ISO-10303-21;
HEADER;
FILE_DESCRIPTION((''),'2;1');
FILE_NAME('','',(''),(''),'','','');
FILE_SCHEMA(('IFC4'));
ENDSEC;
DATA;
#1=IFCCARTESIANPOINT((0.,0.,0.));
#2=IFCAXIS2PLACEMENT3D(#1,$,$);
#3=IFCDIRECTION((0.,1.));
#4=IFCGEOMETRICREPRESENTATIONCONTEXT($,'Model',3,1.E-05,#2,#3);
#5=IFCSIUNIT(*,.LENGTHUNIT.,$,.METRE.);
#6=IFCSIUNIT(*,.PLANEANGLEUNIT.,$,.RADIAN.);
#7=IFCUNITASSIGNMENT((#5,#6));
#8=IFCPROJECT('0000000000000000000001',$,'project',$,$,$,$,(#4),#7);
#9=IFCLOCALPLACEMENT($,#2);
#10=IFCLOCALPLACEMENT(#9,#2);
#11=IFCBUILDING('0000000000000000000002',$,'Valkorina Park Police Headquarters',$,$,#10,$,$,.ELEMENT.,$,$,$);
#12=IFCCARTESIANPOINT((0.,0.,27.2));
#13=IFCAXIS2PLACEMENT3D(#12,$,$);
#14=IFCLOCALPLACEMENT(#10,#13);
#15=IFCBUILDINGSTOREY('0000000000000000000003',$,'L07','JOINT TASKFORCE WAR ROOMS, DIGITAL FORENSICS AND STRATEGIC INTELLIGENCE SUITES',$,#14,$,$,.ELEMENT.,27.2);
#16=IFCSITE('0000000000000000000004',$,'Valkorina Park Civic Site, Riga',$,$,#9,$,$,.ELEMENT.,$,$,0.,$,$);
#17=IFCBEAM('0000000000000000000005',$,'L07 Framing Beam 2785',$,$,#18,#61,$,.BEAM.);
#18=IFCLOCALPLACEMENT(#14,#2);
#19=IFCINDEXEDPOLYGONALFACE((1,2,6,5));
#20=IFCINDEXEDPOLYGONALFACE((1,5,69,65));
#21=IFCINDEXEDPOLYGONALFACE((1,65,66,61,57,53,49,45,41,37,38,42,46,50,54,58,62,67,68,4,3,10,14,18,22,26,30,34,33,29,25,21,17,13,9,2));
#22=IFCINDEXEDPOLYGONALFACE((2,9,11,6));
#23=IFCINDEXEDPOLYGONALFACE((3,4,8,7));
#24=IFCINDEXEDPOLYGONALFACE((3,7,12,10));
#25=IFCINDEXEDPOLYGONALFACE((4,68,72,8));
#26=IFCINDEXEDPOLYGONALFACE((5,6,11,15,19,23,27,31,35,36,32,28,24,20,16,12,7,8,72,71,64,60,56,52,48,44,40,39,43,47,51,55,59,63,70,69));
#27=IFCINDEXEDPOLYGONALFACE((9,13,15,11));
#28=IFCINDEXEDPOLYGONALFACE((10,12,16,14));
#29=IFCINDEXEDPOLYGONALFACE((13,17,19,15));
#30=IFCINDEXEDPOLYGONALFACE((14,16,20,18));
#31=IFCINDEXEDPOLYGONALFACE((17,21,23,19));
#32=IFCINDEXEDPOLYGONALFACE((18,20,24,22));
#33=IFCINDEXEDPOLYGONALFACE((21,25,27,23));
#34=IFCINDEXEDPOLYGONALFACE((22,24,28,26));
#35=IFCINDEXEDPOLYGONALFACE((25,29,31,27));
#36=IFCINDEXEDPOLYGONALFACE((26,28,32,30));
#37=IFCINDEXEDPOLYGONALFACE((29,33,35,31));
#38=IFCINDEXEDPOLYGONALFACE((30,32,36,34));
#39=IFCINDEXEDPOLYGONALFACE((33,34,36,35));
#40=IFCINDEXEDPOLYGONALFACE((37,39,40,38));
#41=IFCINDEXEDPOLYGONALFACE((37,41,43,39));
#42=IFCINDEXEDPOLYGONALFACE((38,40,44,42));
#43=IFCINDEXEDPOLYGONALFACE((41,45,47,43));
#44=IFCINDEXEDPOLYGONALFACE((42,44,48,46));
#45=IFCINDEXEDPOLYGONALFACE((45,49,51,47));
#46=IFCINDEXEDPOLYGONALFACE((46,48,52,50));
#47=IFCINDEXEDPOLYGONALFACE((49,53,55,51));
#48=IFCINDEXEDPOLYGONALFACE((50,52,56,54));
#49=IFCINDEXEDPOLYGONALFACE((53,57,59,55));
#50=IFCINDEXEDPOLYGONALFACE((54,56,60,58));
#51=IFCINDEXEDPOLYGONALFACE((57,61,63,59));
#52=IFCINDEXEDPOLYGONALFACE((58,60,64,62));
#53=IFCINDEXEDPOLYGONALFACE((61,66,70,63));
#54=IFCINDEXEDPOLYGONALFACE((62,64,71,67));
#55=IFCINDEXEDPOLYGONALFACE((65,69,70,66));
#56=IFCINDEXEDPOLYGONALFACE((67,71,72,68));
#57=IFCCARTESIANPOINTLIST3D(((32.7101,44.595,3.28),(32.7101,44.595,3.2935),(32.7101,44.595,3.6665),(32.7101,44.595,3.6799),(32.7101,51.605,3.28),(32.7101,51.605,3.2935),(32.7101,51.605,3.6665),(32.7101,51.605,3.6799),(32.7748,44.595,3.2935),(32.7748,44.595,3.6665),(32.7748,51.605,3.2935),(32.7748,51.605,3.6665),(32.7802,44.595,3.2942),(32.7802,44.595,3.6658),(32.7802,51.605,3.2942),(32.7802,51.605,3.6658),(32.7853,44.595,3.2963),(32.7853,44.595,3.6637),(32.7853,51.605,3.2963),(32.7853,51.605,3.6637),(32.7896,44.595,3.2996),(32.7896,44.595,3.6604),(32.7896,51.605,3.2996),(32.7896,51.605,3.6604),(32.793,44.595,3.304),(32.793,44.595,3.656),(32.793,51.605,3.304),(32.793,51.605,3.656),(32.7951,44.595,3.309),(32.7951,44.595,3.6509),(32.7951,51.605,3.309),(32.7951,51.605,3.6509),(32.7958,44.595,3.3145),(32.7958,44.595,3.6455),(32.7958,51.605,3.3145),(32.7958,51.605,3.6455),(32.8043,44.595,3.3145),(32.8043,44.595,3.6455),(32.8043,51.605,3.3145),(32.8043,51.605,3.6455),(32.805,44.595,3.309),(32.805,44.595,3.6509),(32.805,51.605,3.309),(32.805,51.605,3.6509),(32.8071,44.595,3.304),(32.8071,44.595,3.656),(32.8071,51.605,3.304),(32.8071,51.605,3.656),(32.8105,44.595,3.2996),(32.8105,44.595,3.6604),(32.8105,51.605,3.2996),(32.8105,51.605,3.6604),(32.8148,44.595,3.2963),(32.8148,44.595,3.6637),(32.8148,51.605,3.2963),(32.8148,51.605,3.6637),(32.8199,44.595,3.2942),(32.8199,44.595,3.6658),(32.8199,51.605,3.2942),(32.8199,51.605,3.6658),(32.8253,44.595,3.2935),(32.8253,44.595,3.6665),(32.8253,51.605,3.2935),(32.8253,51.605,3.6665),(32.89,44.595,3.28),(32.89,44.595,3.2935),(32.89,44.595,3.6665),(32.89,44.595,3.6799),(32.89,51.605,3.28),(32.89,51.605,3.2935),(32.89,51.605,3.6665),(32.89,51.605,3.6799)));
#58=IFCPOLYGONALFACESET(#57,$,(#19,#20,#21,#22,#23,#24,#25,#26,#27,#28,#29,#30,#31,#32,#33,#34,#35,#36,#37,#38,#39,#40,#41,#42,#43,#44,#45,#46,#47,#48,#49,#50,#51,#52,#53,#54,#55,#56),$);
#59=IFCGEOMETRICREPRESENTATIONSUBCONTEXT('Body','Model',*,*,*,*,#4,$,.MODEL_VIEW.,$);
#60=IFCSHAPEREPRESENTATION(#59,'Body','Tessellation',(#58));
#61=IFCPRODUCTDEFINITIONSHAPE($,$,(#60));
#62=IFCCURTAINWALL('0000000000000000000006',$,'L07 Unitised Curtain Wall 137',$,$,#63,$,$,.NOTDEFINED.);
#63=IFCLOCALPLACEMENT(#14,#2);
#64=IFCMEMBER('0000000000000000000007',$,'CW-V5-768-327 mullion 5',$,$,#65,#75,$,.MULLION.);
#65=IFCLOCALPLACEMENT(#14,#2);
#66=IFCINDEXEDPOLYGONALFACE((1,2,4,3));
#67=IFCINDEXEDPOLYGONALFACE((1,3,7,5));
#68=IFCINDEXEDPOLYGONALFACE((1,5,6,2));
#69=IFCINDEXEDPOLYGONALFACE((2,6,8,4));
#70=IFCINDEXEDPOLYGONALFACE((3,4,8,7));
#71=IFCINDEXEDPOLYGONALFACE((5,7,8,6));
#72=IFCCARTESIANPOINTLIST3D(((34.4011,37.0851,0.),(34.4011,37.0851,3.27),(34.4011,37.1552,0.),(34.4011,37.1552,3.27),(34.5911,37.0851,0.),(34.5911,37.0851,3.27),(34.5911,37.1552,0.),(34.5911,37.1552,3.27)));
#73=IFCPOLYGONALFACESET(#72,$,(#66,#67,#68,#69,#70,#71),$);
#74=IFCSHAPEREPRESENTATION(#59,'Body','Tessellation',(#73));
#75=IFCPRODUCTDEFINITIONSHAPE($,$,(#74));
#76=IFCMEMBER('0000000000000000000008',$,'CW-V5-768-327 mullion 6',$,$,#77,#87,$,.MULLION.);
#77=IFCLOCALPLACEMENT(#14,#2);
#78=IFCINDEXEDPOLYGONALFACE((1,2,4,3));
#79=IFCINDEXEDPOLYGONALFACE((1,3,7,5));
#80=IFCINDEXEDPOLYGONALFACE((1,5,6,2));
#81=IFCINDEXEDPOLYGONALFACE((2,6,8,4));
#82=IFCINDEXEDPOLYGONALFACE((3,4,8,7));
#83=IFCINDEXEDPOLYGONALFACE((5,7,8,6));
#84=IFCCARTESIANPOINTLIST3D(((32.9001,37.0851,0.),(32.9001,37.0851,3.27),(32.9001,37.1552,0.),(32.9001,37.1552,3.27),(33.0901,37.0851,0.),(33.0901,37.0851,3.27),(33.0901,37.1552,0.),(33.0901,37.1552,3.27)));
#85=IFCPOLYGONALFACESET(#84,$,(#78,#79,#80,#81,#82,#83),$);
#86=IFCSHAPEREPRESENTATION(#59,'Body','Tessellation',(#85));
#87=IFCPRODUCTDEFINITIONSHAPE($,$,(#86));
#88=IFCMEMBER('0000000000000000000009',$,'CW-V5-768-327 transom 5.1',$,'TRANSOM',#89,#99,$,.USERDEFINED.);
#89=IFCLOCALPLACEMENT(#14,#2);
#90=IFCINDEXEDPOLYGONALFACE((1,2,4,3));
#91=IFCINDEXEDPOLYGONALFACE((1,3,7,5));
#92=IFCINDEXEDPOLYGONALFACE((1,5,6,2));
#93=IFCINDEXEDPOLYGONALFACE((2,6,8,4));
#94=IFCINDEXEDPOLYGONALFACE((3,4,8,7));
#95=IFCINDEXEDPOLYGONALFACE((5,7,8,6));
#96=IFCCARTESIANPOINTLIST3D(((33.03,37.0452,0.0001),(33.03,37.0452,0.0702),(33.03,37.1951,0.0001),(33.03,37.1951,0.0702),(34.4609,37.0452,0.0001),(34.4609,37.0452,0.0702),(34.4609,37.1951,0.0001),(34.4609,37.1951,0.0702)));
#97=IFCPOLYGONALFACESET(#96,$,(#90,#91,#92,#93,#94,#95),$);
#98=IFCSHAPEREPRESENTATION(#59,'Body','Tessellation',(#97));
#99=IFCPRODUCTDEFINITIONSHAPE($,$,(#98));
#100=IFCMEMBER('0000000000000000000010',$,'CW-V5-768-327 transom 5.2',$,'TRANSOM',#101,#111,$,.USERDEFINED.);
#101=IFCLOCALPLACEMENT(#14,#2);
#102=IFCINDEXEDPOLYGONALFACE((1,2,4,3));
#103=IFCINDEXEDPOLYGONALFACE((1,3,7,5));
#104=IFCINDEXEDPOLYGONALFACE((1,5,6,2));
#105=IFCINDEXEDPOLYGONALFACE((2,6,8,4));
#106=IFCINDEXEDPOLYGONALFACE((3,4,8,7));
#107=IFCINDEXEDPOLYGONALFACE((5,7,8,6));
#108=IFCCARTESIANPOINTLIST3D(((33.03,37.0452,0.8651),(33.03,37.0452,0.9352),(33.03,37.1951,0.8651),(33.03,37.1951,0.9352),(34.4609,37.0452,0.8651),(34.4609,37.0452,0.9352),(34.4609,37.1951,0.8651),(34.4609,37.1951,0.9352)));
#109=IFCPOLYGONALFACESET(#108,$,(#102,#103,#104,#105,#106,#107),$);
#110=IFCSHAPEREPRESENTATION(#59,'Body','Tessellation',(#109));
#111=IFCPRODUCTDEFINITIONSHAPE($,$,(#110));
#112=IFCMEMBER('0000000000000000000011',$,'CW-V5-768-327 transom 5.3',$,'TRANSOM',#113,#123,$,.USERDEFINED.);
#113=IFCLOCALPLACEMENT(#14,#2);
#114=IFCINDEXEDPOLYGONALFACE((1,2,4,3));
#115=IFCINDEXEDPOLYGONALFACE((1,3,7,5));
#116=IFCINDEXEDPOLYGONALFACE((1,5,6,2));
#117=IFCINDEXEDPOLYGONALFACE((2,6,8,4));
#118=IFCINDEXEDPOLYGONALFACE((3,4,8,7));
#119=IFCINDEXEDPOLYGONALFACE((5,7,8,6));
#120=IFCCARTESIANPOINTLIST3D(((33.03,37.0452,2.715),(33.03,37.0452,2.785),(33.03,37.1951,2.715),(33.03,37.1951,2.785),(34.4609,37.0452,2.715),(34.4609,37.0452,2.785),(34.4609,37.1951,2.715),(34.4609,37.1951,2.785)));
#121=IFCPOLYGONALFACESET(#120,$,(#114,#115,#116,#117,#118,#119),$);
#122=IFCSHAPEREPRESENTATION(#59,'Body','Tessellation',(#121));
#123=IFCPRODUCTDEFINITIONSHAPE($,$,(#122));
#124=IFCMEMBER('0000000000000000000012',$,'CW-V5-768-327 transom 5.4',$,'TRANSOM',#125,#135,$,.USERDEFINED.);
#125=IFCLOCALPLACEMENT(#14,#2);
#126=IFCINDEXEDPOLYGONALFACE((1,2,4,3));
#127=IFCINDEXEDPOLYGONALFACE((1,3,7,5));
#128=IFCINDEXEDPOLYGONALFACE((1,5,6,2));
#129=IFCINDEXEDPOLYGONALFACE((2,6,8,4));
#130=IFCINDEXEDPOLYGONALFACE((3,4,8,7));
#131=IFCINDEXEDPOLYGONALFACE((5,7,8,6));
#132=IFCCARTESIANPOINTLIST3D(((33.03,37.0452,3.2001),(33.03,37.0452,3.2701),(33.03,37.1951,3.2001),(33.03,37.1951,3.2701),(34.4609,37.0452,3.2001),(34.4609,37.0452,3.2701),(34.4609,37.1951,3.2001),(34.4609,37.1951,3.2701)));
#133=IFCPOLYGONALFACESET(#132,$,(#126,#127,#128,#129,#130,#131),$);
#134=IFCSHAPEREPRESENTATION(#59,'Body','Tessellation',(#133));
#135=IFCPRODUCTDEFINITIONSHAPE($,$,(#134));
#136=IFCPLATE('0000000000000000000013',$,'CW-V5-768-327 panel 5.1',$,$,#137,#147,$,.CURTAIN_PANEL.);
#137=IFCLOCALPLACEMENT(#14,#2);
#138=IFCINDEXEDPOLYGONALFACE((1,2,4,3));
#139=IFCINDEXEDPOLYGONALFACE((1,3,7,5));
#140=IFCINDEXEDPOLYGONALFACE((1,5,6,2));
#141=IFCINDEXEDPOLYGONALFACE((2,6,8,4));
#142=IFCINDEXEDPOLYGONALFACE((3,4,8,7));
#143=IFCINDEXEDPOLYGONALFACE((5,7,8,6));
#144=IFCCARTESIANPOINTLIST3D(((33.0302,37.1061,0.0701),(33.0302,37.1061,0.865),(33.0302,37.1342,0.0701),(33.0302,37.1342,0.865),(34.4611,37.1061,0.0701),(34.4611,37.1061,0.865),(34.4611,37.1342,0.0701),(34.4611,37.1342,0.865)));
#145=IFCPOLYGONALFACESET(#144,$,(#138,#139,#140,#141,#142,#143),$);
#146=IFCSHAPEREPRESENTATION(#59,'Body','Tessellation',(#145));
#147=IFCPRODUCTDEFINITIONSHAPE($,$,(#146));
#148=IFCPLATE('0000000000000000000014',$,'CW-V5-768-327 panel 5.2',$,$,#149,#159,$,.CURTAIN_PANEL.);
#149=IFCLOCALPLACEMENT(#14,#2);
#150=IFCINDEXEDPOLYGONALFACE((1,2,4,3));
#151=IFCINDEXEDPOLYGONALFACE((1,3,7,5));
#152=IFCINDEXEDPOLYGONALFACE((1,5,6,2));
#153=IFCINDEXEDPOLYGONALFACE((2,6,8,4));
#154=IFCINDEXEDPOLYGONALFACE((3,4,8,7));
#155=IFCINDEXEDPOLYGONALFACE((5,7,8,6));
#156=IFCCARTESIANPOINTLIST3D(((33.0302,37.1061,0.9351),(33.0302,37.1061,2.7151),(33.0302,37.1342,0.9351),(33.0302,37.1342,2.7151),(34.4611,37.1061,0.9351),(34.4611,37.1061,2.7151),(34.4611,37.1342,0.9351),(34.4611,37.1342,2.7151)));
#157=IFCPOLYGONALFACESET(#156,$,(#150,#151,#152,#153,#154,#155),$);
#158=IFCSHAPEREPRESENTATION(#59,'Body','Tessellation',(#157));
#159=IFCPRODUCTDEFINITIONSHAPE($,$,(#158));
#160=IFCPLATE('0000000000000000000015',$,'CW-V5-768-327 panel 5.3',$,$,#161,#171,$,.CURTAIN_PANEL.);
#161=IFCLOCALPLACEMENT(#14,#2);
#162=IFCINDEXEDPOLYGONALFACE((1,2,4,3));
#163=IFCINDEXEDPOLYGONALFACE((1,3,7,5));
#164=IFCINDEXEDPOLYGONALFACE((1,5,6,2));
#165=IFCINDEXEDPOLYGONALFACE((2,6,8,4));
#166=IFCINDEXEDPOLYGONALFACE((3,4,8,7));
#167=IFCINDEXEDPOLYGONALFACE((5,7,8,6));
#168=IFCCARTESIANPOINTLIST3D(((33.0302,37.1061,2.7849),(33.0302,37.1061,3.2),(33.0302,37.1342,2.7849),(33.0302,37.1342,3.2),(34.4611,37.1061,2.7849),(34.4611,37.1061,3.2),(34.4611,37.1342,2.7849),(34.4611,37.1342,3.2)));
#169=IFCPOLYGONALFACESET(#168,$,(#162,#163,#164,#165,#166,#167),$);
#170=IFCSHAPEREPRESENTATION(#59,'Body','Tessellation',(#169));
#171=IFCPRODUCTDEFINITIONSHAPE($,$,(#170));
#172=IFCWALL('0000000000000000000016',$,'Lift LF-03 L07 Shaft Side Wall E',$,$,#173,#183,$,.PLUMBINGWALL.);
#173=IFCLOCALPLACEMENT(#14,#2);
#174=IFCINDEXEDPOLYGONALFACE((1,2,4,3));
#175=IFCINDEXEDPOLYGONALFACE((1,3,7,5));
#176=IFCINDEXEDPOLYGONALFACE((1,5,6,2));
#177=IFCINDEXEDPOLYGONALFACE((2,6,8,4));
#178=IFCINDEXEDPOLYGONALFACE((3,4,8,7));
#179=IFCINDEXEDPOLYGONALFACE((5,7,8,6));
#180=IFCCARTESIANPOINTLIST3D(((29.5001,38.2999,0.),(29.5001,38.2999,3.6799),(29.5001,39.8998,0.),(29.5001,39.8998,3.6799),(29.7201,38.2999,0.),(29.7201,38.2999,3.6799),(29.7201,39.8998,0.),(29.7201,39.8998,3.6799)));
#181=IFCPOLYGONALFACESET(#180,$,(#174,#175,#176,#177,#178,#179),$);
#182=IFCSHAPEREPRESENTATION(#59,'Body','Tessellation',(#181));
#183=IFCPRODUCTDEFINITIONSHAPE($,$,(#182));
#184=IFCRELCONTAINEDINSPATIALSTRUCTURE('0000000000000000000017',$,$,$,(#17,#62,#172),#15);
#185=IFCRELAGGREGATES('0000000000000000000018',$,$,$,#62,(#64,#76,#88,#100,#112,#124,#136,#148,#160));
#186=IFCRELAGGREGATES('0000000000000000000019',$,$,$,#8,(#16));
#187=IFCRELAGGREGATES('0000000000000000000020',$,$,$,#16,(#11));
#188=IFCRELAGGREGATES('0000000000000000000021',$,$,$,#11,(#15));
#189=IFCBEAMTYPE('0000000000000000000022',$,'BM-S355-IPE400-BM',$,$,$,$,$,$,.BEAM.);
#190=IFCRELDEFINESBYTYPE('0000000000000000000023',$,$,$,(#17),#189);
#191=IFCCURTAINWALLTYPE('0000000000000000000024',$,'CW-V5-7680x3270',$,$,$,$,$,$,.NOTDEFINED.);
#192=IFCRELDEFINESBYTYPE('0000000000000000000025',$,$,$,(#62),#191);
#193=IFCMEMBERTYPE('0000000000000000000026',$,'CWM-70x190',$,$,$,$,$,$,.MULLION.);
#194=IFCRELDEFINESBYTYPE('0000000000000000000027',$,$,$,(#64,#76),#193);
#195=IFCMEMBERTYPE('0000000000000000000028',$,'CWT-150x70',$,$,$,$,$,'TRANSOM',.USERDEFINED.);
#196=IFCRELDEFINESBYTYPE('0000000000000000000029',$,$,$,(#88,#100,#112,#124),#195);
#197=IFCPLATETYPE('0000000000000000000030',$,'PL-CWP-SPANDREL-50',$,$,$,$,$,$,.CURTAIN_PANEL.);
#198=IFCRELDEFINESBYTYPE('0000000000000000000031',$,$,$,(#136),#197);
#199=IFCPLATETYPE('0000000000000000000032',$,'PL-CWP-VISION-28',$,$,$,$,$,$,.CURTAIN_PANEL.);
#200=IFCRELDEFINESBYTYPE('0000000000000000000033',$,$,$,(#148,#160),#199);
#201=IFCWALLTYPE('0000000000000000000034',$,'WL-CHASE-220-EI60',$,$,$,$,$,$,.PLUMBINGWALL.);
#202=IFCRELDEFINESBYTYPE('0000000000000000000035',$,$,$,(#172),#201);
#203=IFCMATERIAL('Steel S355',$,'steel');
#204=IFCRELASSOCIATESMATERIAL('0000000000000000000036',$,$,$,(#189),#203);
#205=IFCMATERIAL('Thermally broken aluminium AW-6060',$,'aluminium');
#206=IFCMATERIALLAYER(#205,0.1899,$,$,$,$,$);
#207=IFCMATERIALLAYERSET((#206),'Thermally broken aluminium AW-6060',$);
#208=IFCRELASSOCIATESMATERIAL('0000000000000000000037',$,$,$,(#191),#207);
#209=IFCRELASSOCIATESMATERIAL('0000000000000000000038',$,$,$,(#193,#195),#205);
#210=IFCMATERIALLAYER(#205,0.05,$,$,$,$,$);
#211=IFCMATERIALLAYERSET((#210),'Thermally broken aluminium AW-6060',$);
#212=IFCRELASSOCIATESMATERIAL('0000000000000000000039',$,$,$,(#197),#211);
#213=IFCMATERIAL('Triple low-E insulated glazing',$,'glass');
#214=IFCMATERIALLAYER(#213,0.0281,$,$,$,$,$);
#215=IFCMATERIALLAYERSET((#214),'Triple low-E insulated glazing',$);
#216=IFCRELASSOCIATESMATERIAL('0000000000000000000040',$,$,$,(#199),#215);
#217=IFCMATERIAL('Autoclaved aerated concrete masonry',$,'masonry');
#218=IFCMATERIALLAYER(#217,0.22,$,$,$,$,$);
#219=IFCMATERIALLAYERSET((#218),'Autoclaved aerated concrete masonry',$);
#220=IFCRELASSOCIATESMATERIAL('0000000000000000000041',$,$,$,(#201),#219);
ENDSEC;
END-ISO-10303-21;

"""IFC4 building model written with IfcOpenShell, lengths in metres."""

from ifc_helpers import new_model, si_unit, direction, frame, frame_2d, origin, origin_2d, place, context, subcontext, project, spatial, rectangle, i_section, extrude, material, layer, layer_set, material_profile, profile_set, type_object, element, aggregate, save


model = new_model("IFC4")

# Units and contexts
model_context = context("Model", 3, precision=1e-05, world=origin(), true_north=direction((0.0, 1.0)))
body_context = subcontext(model_context, "Body", "Model", "MODEL_VIEW")
ifc_project = project(units=[si_unit("LENGTHUNIT", "METRE"), si_unit("PLANEANGLEUNIT", "RADIAN")], contexts=[model_context])

# Site, building, storey
site_placement = place(None, origin())
site = spatial("IfcSite", under=ifc_project, at=site_placement, Name="Valkorina Park Civic Site, Riga", CompositionType="ELEMENT", RefElevation=0.0)
building_placement = place(site_placement, origin())
building = spatial("IfcBuilding", under=site, at=building_placement, Name="Valkorina Park Police Headquarters", CompositionType="ELEMENT")
storey_placement = place(building_placement, frame((0.0, 0.0, 27.2)))
storey = spatial("IfcBuildingStorey", under=building, at=storey_placement, Name="L07", Description="JOINT TASKFORCE WAR ROOMS, DIGITAL FORENSICS AND STRATEGIC INTELLIGENCE SUITES", CompositionType="ELEMENT", Elevation=27.2)

# Shared definitions
ifc_material_1 = material(Name="Steel S355", Category="steel")

# Beam
ifc_material_profile_1 = material_profile(ifc_material_1, i_section(OverallWidth=0.1799, OverallDepth=0.3999, WebThickness=0.0085, FlangeThickness=0.0134, FilletRadius=0.021, at=origin_2d()), Name="IPE 400")
ifc_profile_set_1 = profile_set([ifc_material_profile_1], Name="Steel S355")
beam_type_1 = type_object("IfcBeamType", Name="BM-S355-IPE400-BM", PredefinedType="BEAM", material=ifc_profile_set_1)
beam_1_placement = place(storey_placement, frame((32.8, 44.595, 3.48), z_axis=(0.0, 1.0, 0.0), x_axis=(-1.0, 0.0, 0.0)))
element("IfcBeam", 1, at=beam_1_placement, inside=storey, type_object=beam_type_1, Name="L07 Framing Beam 2785", PredefinedType="BEAM", context=body_context, shape_type="SweptSolid", body=[
    extrude(i_section(OverallWidth=0.1799, OverallDepth=0.3999, WebThickness=0.0085, FlangeThickness=0.0134, FilletRadius=0.021, at=origin_2d()), origin(), (0.0, 0.0, 1.0), 7.01),
])

# Curtain wall, members, plates
ifc_material_2 = material(Name="Thermally broken aluminium AW-6060", Category="aluminium")
ifc_layer_1 = layer(ifc_material_2, 0.1899)
ifc_layer_set_1 = layer_set([ifc_layer_1], Name="Thermally broken aluminium AW-6060")
curtain_wall_type = type_object("IfcCurtainWallType", Name="CW-V5-7680x3270", PredefinedType="NOTDEFINED", material=ifc_layer_set_1)
curtain_wall_placement = place(storey_placement, origin())
curtain_wall = element("IfcCurtainWall", 2, at=curtain_wall_placement, inside=storey, type_object=curtain_wall_type, Name="L07 Unitised Curtain Wall 137", PredefinedType="NOTDEFINED")
ifc_material_profile_2 = material_profile(ifc_material_2, rectangle(XDim=0.0701, YDim=0.1899, at=origin_2d()), Name="CWM-02 70x190")
ifc_profile_set_2 = profile_set([ifc_material_profile_2], Name="Thermally broken aluminium AW-6060")
member_type_1 = type_object("IfcMemberType", Name="CWM-70x190", PredefinedType="MULLION", material=ifc_profile_set_2)
member_1_placement = place(storey_placement, frame((34.4961, 37.1201, 0.0), z_axis=(0.0, 0.0, 1.0), x_axis=(0.0, -1.0, 0.0)))
member_1 = element("IfcMember", 3, at=member_1_placement, type_object=member_type_1, Name="CW-V5-768-327 mullion 5", PredefinedType="MULLION", context=body_context, shape_type="SweptSolid", body=[
    extrude(rectangle(XDim=0.0701, YDim=0.1899, at=origin_2d()), origin(), (0.0, 0.0, 1.0), 3.27),
])
member_2_placement = place(storey_placement, frame((32.9951, 37.1201, 0.0), z_axis=(0.0, 0.0, 1.0), x_axis=(0.0, -1.0, 0.0)))
member_2 = element("IfcMember", 4, at=member_2_placement, type_object=member_type_1, Name="CW-V5-768-327 mullion 6", PredefinedType="MULLION", context=body_context, shape_type="SweptSolid", body=[
    extrude(rectangle(XDim=0.0701, YDim=0.1899, at=origin_2d()), origin(), (0.0, 0.0, 1.0), 3.27),
])
ifc_material_profile_3 = material_profile(ifc_material_2, rectangle(XDim=0.1499, YDim=0.0701, at=origin_2d()), Name="CWT-02 150x70")
ifc_profile_set_3 = profile_set([ifc_material_profile_3], Name="Thermally broken aluminium AW-6060")
member_type_2 = type_object("IfcMemberType", Name="CWT-150x70", ElementType="TRANSOM", PredefinedType="USERDEFINED", material=ifc_profile_set_3)
member_3_placement = place(storey_placement, frame((34.4609, 37.1201, 0.0352), z_axis=(-1.0, 0.0, 0.0), x_axis=(0.0, -1.0, 0.0)))
member_3 = element("IfcMember", 5, at=member_3_placement, type_object=member_type_2, Name="CW-V5-768-327 transom 5.1", ObjectType="TRANSOM", PredefinedType="USERDEFINED", context=body_context, shape_type="SweptSolid", body=[
    extrude(rectangle(XDim=0.1499, YDim=0.0701, at=origin_2d()), origin(), (0.0, 0.0, 1.0), 1.4309),
])
member_4_placement = place(storey_placement, frame((34.4609, 37.1201, 0.9001), z_axis=(-1.0, 0.0, 0.0), x_axis=(0.0, -1.0, 0.0)))
member_4 = element("IfcMember", 6, at=member_4_placement, type_object=member_type_2, Name="CW-V5-768-327 transom 5.2", ObjectType="TRANSOM", PredefinedType="USERDEFINED", context=body_context, shape_type="SweptSolid", body=[
    extrude(rectangle(XDim=0.1499, YDim=0.0701, at=origin_2d()), origin(), (0.0, 0.0, 1.0), 1.4309),
])
member_5_placement = place(storey_placement, frame((34.4609, 37.1201, 2.75), z_axis=(-1.0, 0.0, 0.0), x_axis=(0.0, -1.0, 0.0)))
member_5 = element("IfcMember", 7, at=member_5_placement, type_object=member_type_2, Name="CW-V5-768-327 transom 5.3", ObjectType="TRANSOM", PredefinedType="USERDEFINED", context=body_context, shape_type="SweptSolid", body=[
    extrude(rectangle(XDim=0.1499, YDim=0.0701, at=origin_2d()), origin(), (0.0, 0.0, 1.0), 1.4309),
])
member_6_placement = place(storey_placement, frame((34.4609, 37.1201, 3.2351), z_axis=(-1.0, 0.0, 0.0), x_axis=(0.0, -1.0, 0.0)))
member_6 = element("IfcMember", 8, at=member_6_placement, type_object=member_type_2, Name="CW-V5-768-327 transom 5.4", ObjectType="TRANSOM", PredefinedType="USERDEFINED", context=body_context, shape_type="SweptSolid", body=[
    extrude(rectangle(XDim=0.1499, YDim=0.0701, at=origin_2d()), origin(), (0.0, 0.0, 1.0), 1.4309),
])
ifc_layer_2 = layer(ifc_material_2, 0.05)
ifc_layer_set_2 = layer_set([ifc_layer_2], Name="Thermally broken aluminium AW-6060")
plate_type_1 = type_object("IfcPlateType", Name="PL-CWP-SPANDREL-50", PredefinedType="CURTAIN_PANEL", material=ifc_layer_set_2)
plate_1_placement = place(storey_placement, frame((33.7456, 37.1201, 0.0701), z_axis=(0.0, 0.0, 1.0), x_axis=(-1.0, 0.0, 0.0)))
plate_1 = element("IfcPlate", 9, at=plate_1_placement, type_object=plate_type_1, Name="CW-V5-768-327 panel 5.1", PredefinedType="CURTAIN_PANEL", context=body_context, shape_type="SweptSolid", body=[
    extrude(rectangle(XDim=1.4309, YDim=0.0281, at=origin_2d()), origin(), (0.0, 0.0, 1.0), 0.7949),
])
ifc_material_3 = material(Name="Triple low-E insulated glazing", Category="glass")
ifc_layer_3 = layer(ifc_material_3, 0.0281)
ifc_layer_set_3 = layer_set([ifc_layer_3], Name="Triple low-E insulated glazing")
plate_type_2 = type_object("IfcPlateType", Name="PL-CWP-VISION-28", PredefinedType="CURTAIN_PANEL", material=ifc_layer_set_3)
plate_2_placement = place(storey_placement, frame((33.7456, 37.1201, 0.9351), z_axis=(0.0, 0.0, 1.0), x_axis=(-1.0, 0.0, 0.0)))
plate_2 = element("IfcPlate", 10, at=plate_2_placement, type_object=plate_type_2, Name="CW-V5-768-327 panel 5.2", PredefinedType="CURTAIN_PANEL", context=body_context, shape_type="SweptSolid", body=[
    extrude(rectangle(XDim=1.4309, YDim=0.0281, at=origin_2d()), origin(), (0.0, 0.0, 1.0), 1.78),
])
plate_3_placement = place(storey_placement, frame((33.7456, 37.1201, 2.7849), z_axis=(0.0, 0.0, 1.0), x_axis=(-1.0, 0.0, 0.0)))
plate_3 = element("IfcPlate", 11, at=plate_3_placement, type_object=plate_type_2, Name="CW-V5-768-327 panel 5.3", PredefinedType="CURTAIN_PANEL", context=body_context, shape_type="SweptSolid", body=[
    extrude(rectangle(XDim=1.4309, YDim=0.0281, at=origin_2d()), origin(), (0.0, 0.0, 1.0), 0.415),
])
aggregate(curtain_wall, [member_1, member_2, member_3, member_4, member_5, member_6, plate_1, plate_2, plate_3])

# Wall
ifc_material_4 = material(Name="Autoclaved aerated concrete masonry", Category="masonry")
ifc_layer_4 = layer(ifc_material_4, 0.22)
ifc_layer_set_4 = layer_set([ifc_layer_4], Name="Autoclaved aerated concrete masonry")
wall_type_1 = type_object("IfcWallType", Name="WL-CHASE-220-EI60", PredefinedType="PLUMBINGWALL", material=ifc_layer_set_4)
wall_1_placement = place(storey_placement, frame((29.6101, 38.3, 0.0), z_axis=(0.0, 0.0, 1.0), x_axis=(0.0, 1.0, 0.0)))
element("IfcWall", 12, at=wall_1_placement, inside=storey, type_object=wall_type_1, Name="Lift LF-03 L07 Shaft Side Wall E", PredefinedType="PLUMBINGWALL", context=body_context, shape_type="SweptSolid", body=[
    extrude(rectangle(XDim=1.5999, YDim=0.22, at=frame_2d((0.7998, 0.0))), origin(), (0.0, 0.0, 1.0), 3.6799),
])

save(model, "model.ifc")
